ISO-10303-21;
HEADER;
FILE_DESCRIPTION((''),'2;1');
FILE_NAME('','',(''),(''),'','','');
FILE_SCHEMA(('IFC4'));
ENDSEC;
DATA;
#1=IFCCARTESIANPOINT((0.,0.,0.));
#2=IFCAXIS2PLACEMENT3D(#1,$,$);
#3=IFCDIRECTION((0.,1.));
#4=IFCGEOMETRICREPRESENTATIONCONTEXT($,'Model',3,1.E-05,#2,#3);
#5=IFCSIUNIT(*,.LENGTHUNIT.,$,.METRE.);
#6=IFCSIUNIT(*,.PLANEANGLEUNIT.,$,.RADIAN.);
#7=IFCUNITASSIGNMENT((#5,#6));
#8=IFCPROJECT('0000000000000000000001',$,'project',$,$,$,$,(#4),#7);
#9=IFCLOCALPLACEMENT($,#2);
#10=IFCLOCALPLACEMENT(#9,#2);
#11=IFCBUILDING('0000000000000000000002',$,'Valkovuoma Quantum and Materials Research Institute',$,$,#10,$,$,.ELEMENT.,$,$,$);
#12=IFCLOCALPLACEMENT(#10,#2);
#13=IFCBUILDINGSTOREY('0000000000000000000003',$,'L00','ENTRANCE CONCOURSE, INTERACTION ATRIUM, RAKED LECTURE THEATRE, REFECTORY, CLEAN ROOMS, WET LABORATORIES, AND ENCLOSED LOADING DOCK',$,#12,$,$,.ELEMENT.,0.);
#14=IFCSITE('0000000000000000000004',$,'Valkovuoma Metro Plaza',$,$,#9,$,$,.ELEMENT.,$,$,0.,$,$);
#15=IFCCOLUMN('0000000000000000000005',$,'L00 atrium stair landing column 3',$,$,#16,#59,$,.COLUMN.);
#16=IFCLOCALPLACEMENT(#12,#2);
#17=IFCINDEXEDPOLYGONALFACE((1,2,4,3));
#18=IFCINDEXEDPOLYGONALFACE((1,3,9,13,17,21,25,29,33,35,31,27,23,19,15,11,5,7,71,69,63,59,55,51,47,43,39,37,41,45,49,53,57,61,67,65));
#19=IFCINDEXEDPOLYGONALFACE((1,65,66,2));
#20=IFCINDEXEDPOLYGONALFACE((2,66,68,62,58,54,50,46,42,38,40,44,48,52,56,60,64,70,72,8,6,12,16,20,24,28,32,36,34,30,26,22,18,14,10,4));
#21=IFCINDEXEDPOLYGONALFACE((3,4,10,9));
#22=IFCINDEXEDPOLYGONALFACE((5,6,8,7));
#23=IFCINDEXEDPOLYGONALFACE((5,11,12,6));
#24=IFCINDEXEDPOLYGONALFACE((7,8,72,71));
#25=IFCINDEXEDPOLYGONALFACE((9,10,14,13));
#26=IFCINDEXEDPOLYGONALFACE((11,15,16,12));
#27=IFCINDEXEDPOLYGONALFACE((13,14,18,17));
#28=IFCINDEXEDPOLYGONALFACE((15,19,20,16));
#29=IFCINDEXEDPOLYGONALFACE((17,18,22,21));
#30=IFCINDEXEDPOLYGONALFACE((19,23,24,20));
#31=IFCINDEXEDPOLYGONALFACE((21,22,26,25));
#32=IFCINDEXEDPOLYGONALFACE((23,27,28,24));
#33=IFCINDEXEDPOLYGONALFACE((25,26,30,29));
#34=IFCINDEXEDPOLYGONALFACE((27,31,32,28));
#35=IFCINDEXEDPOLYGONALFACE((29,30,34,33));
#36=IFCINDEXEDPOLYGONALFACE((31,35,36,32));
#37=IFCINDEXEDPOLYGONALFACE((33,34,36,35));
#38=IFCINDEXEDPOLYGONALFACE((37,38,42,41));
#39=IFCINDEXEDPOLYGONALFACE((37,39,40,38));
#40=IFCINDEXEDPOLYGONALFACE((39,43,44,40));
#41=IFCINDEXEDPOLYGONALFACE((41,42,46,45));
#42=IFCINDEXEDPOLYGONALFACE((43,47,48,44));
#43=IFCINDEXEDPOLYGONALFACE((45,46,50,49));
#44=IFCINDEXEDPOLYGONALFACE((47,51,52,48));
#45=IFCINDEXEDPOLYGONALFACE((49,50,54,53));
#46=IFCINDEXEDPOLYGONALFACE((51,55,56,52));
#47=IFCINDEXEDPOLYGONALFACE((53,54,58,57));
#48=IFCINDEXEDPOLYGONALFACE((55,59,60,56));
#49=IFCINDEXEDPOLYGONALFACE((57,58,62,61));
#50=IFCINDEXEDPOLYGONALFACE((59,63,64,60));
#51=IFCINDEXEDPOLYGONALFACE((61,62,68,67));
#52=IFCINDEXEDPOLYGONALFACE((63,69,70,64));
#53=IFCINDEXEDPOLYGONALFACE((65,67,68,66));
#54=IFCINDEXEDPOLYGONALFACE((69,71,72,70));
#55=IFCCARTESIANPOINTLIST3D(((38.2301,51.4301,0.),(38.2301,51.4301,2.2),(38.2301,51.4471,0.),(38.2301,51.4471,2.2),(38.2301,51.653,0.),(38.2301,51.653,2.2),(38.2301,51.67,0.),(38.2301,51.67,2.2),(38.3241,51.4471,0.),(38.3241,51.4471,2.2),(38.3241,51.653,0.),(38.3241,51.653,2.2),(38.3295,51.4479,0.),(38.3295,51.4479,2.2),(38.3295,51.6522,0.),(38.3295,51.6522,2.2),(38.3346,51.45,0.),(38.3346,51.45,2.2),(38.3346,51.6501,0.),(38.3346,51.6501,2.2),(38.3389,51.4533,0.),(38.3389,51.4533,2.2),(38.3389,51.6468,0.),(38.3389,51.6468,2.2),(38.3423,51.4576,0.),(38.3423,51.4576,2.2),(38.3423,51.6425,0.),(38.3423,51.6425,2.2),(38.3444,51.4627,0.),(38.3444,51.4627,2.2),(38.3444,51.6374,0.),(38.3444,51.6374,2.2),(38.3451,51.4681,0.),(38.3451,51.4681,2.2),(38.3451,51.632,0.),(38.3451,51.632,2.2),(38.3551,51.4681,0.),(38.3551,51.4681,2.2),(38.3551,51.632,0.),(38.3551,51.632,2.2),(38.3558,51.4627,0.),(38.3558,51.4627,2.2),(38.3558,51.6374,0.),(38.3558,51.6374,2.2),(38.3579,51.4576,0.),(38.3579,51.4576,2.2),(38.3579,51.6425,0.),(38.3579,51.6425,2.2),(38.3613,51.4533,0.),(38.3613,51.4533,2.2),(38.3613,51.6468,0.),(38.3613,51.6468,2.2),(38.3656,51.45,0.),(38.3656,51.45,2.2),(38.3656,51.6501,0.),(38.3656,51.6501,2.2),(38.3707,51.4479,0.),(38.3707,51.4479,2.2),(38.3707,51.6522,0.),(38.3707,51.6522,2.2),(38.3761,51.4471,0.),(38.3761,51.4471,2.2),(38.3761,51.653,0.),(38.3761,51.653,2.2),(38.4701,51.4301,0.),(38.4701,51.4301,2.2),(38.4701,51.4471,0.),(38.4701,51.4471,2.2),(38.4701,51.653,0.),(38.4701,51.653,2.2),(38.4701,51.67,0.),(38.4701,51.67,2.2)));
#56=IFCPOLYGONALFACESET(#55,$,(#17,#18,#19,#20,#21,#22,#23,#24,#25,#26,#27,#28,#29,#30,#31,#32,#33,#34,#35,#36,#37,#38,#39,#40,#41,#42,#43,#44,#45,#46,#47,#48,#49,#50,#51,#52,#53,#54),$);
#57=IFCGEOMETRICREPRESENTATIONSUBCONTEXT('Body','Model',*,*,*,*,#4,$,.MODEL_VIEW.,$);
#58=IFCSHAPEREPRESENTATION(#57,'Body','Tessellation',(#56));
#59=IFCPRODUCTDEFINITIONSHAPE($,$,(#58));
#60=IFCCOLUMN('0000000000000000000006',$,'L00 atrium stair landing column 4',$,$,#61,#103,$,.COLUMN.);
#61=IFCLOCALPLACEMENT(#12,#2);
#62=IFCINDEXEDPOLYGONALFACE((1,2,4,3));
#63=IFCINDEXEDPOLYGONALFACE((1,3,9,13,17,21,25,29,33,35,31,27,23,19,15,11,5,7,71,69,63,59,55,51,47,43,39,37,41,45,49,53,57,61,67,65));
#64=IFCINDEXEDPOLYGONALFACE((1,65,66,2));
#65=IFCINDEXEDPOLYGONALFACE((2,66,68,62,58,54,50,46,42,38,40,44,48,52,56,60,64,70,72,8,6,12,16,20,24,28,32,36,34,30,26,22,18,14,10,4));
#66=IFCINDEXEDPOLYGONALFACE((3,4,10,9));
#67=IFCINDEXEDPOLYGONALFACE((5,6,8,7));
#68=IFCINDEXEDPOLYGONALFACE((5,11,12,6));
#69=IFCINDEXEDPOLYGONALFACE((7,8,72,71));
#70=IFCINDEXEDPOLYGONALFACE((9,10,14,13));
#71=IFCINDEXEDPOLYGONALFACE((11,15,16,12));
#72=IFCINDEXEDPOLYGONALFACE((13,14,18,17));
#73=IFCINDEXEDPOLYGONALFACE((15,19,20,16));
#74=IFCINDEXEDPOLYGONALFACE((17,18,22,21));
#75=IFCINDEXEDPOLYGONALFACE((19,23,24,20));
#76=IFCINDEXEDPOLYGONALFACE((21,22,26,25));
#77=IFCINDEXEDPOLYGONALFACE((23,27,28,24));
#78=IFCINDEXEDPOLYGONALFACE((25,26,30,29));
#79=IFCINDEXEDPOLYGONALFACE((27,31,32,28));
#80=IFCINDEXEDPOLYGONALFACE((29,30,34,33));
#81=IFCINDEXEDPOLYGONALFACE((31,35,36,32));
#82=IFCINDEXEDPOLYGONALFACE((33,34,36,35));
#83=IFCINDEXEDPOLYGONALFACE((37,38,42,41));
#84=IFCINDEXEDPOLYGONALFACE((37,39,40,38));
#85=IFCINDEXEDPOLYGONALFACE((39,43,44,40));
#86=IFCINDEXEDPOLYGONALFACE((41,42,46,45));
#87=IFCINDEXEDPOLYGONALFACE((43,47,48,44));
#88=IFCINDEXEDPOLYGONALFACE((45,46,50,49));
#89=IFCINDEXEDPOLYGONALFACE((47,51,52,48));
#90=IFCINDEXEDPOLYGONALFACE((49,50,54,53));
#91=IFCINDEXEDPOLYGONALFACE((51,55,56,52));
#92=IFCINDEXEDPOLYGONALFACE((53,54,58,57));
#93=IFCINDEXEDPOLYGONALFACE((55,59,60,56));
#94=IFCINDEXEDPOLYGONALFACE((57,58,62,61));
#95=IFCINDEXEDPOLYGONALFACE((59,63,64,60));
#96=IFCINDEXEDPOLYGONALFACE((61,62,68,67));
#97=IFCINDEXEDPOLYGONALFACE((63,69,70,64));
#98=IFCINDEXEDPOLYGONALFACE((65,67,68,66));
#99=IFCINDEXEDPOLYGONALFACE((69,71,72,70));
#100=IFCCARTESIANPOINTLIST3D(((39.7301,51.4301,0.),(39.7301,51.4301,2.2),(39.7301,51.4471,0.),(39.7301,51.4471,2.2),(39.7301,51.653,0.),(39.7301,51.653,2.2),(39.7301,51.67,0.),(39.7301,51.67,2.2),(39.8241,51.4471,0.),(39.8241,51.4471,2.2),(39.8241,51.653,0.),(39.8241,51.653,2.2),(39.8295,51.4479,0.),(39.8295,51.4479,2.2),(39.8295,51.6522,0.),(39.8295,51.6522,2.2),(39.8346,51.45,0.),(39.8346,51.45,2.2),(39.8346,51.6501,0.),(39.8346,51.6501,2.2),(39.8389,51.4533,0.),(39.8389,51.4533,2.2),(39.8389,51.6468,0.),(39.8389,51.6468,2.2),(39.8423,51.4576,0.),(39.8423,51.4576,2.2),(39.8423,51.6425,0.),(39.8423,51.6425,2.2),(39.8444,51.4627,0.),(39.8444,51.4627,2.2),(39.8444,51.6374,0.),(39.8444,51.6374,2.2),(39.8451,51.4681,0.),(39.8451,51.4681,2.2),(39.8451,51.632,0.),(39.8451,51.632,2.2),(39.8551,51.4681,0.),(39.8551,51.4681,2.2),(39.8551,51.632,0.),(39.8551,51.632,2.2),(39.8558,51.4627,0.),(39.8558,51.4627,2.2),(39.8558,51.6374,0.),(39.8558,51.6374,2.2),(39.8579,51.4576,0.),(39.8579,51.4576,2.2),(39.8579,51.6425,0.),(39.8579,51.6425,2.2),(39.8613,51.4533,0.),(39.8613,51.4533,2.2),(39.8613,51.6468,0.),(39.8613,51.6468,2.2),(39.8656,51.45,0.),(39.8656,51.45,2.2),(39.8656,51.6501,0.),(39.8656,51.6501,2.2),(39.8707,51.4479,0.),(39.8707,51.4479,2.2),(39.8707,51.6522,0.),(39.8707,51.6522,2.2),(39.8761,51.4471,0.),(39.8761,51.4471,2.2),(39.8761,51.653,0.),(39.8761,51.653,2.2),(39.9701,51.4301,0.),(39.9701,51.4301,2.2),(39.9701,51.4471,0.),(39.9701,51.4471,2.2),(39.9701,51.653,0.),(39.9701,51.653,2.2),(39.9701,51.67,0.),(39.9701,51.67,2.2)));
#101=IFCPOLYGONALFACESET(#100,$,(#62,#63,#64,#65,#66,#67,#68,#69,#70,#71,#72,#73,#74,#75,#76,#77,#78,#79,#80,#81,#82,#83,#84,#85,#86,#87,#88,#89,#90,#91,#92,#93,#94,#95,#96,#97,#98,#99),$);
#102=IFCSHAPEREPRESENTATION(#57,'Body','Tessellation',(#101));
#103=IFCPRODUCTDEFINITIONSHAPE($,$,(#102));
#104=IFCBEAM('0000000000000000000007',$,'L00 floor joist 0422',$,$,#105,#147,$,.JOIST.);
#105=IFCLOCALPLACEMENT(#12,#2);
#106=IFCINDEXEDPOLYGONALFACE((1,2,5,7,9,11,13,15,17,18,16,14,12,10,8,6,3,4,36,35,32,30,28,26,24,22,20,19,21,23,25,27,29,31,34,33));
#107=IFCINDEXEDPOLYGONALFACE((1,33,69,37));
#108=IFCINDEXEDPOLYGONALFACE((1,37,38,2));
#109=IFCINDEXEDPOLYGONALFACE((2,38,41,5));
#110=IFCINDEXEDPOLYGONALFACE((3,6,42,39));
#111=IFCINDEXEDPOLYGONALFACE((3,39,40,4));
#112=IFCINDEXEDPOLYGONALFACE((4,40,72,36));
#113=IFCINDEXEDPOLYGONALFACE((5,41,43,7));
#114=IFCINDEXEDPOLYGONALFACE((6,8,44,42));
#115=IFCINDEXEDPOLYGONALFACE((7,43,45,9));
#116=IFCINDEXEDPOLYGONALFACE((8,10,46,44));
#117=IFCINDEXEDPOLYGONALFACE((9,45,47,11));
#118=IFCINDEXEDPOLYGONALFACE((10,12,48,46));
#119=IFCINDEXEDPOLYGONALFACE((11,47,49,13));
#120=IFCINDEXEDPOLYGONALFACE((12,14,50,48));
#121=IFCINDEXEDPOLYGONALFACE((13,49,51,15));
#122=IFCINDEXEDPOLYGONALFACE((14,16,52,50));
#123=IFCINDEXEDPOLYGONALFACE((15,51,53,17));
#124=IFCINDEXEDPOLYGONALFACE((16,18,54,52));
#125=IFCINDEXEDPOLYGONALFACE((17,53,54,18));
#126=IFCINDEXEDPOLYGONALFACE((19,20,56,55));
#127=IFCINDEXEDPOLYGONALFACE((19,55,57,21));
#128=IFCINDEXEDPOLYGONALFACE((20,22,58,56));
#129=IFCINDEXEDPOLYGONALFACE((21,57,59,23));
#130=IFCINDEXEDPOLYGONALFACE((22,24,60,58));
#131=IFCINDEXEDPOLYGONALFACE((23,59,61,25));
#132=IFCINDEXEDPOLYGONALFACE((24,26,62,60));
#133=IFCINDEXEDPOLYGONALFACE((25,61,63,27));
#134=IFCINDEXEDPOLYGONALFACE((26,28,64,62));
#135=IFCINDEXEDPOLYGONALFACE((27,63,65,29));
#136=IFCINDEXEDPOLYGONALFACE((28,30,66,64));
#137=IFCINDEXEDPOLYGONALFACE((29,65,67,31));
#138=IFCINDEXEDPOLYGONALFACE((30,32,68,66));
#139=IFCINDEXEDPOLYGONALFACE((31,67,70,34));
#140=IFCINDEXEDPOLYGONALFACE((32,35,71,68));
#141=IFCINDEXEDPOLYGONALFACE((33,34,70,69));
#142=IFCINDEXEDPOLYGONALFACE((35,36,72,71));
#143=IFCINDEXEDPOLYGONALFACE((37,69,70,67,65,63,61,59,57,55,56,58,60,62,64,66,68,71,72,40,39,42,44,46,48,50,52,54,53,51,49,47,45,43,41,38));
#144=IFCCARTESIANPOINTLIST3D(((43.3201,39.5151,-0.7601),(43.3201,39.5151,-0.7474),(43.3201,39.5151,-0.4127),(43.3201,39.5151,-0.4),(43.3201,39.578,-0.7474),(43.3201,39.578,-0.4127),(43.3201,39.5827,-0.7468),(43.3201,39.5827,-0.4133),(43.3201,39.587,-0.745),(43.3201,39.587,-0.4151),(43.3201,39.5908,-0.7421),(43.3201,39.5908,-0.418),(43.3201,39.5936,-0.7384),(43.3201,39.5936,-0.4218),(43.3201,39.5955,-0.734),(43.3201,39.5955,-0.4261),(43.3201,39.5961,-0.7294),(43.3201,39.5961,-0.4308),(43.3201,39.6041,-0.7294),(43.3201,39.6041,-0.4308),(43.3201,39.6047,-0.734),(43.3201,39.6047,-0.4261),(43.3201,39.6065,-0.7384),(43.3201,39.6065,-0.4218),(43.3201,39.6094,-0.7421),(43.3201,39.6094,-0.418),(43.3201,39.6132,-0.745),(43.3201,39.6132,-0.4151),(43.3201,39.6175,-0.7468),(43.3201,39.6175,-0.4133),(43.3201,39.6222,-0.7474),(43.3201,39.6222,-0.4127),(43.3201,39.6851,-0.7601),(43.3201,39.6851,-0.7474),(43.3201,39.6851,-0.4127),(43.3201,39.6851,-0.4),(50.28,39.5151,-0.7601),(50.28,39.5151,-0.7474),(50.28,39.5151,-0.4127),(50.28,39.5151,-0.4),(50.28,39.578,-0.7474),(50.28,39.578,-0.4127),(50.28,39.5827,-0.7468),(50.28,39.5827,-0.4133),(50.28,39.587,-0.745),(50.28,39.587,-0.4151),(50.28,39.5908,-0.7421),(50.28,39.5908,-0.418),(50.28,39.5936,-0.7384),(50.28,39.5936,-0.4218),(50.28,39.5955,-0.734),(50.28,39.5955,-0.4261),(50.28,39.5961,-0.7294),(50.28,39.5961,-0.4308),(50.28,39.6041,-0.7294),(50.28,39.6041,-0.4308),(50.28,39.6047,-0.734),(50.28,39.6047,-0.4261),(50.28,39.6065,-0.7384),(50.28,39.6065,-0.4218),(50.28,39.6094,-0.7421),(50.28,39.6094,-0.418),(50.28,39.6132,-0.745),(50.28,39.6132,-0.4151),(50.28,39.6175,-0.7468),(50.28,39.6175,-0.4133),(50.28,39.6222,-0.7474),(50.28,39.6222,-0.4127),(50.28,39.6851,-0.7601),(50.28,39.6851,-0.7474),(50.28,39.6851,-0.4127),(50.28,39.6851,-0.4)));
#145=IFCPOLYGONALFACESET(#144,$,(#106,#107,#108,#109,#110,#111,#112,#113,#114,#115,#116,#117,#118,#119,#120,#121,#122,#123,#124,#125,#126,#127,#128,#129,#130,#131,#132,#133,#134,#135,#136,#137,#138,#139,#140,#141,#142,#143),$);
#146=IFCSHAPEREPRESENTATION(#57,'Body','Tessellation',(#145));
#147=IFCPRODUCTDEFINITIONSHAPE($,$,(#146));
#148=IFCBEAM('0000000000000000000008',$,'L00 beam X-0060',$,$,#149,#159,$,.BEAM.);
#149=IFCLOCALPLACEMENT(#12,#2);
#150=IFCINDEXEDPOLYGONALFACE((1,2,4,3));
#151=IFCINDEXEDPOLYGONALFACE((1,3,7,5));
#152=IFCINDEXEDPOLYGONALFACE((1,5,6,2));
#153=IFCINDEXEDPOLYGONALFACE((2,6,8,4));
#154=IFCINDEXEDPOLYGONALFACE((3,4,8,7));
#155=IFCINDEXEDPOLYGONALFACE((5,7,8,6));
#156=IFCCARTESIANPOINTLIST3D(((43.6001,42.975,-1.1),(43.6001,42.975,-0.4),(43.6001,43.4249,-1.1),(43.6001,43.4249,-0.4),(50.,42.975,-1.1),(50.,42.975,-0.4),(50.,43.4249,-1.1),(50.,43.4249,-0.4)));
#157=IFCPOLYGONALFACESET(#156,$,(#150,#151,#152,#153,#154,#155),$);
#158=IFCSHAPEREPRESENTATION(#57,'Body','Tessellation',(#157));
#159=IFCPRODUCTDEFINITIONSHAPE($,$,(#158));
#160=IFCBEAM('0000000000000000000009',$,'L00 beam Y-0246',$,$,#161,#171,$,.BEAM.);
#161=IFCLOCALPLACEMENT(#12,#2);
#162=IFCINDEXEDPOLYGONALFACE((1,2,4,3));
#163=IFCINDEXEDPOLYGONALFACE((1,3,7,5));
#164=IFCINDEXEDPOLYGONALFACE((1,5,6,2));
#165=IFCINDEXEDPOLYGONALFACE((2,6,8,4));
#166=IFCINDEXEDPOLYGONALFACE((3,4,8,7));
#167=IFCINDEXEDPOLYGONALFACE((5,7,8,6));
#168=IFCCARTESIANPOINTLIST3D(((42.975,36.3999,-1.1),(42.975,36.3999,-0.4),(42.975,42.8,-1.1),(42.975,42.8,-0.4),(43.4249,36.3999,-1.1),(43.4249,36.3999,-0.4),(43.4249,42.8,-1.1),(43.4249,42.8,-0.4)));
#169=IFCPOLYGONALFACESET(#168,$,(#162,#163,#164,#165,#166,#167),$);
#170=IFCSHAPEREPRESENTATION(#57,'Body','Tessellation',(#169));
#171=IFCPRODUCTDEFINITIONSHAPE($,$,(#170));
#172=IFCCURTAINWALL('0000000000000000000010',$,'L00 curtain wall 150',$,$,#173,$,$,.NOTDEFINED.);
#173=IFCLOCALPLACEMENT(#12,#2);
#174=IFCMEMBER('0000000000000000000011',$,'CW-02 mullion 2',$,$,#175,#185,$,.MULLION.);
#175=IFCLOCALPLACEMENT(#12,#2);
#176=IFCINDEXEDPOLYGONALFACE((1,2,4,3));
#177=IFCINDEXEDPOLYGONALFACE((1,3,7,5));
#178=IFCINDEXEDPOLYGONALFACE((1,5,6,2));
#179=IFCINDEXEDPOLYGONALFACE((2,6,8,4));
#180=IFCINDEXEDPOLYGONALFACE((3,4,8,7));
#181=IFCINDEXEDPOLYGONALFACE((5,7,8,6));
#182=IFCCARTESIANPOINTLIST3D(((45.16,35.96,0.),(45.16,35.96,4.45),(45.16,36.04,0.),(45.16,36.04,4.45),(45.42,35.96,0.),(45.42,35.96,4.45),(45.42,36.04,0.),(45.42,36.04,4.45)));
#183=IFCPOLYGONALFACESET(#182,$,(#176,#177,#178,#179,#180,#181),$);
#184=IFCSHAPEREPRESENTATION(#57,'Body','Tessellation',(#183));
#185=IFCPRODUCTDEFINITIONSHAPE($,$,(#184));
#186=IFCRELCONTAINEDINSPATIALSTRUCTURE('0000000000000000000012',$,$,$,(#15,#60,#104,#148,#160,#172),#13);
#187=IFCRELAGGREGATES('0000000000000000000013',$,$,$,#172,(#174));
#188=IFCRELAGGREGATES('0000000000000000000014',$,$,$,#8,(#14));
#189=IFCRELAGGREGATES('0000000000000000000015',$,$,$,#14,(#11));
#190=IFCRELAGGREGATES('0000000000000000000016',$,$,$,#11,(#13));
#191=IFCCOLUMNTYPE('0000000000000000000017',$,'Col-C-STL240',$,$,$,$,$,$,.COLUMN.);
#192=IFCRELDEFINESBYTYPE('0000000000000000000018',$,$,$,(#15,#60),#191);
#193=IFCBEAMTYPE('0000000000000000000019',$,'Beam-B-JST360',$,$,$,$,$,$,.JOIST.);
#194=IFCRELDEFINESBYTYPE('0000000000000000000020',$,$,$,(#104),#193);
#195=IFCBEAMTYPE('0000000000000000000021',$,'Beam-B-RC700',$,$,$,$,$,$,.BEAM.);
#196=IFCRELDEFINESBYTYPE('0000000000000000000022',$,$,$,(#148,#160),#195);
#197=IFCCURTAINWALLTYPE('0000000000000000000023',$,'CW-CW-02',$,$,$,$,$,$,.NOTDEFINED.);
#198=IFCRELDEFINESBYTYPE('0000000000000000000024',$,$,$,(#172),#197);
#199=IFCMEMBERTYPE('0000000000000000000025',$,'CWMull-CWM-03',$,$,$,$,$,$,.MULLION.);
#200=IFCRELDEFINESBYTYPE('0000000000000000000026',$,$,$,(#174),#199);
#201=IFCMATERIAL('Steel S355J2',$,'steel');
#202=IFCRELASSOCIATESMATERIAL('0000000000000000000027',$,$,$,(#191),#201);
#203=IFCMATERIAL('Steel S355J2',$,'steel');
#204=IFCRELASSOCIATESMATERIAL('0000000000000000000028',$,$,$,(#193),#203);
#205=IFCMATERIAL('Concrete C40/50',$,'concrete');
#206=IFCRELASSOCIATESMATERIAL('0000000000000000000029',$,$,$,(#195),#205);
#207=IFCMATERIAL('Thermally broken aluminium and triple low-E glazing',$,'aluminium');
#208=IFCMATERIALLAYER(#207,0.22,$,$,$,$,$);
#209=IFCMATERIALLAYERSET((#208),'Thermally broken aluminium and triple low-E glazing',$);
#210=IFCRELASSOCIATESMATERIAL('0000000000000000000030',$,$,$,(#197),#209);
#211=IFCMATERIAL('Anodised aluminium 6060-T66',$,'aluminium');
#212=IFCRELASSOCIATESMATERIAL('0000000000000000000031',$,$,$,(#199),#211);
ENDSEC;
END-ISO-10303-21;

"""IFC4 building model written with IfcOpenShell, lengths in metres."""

from ifc_helpers import new_model, si_unit, direction, frame, origin, origin_2d, place, context, subcontext, project, spatial, rectangle, i_section, extrude, material, layer, layer_set, material_profile, profile_set, type_object, element, aggregate, save


model = new_model("IFC4")

# Units and contexts
model_context = context("Model", 3, precision=1e-05, world=origin(), true_north=direction((0.0, 1.0)))
body_context = subcontext(model_context, "Body", "Model", "MODEL_VIEW")
ifc_project = project(units=[si_unit("LENGTHUNIT", "METRE"), si_unit("PLANEANGLEUNIT", "RADIAN")], contexts=[model_context])

# Site, building, storey
site_placement = place(None, origin())
site = spatial("IfcSite", under=ifc_project, at=site_placement, Name="Valkovuoma Metro Plaza", CompositionType="ELEMENT", RefElevation=0.0)
building_placement = place(site_placement, origin())
building = spatial("IfcBuilding", under=site, at=building_placement, Name="Valkovuoma Quantum and Materials Research Institute", CompositionType="ELEMENT")
storey_placement = place(building_placement, origin())
storey = spatial("IfcBuildingStorey", under=building, at=storey_placement, Name="L00", Description="ENTRANCE CONCOURSE, INTERACTION ATRIUM, RAKED LECTURE THEATRE, REFECTORY, CLEAN ROOMS, WET LABORATORIES, AND ENCLOSED LOADING DOCK", CompositionType="ELEMENT", Elevation=0.0)

# Columns
ifc_material_1 = material(Name="Steel S355J2", Category="steel")
ifc_material_profile_1 = material_profile(ifc_material_1, i_section(OverallWidth=0.24, OverallDepth=0.24, WebThickness=0.01, FlangeThickness=0.0171, FilletRadius=0.021, at=origin_2d()), Name="Steel S355J2")
ifc_profile_set_1 = profile_set([ifc_material_profile_1], Name="Steel S355J2")
column_type_1 = type_object("IfcColumnType", Name="Col-C-STL240", PredefinedType="COLUMN", material=ifc_profile_set_1)
for number, where, z_axis, x_axis, name in (
    (1, (38.3501, 51.55, 0.0), (0.0, 0.0, 1.0), (1.0, 0.0, 0.0), "L00 atrium stair landing column 3"),
    (2, (39.8501, 51.55, 0.0), (0.0, 0.0, 1.0), (1.0, 0.0, 0.0), "L00 atrium stair landing column 4"),
):
    element("IfcColumn", number, at=place(storey_placement, frame(where, z_axis=z_axis, x_axis=x_axis)), inside=storey, type_object=column_type_1, Name=name, PredefinedType="COLUMN", context=body_context, shape_type="SweptSolid", body=[
        extrude(i_section(OverallWidth=0.24, OverallDepth=0.24, WebThickness=0.01, FlangeThickness=0.0171, FilletRadius=0.021, at=origin_2d()), origin(), (0.0, 0.0, 1.0), 2.2),
    ])

# Beams
ifc_material_2 = material(Name="Steel S355J2", Category="steel")
ifc_material_profile_2 = material_profile(ifc_material_2, i_section(OverallWidth=0.1699, OverallDepth=0.3601, WebThickness=0.0081, FlangeThickness=0.0127, FilletRadius=0.0181, at=origin_2d()), Name="Steel S355J2")
ifc_profile_set_2 = profile_set([ifc_material_profile_2], Name="Steel S355J2")
beam_type_1 = type_object("IfcBeamType", Name="Beam-B-JST360", PredefinedType="JOIST", material=ifc_profile_set_2)
beam_1_placement = place(storey_placement, frame((43.3201, 39.6001, -0.5801), z_axis=(1.0, 0.0, 0.0), x_axis=(0.0, 1.0, 0.0)))
element("IfcBeam", 3, at=beam_1_placement, inside=storey, type_object=beam_type_1, Name="L00 floor joist 0422", PredefinedType="JOIST", context=body_context, shape_type="SweptSolid", body=[
    extrude(i_section(OverallWidth=0.1699, OverallDepth=0.3601, WebThickness=0.0081, FlangeThickness=0.0127, FilletRadius=0.0181, at=origin_2d()), origin(), (0.0, 0.0, 1.0), 6.96),
])
ifc_material_3 = material(Name="Concrete C40/50", Category="concrete")
ifc_material_profile_3 = material_profile(ifc_material_3, rectangle(XDim=0.45, YDim=0.7, at=origin_2d()), Name="Concrete C40/50")
ifc_profile_set_3 = profile_set([ifc_material_profile_3], Name="Concrete C40/50")
beam_type_2 = type_object("IfcBeamType", Name="Beam-B-RC700", PredefinedType="BEAM", material=ifc_profile_set_3)
beam_2_placement = place(storey_placement, frame((43.6001, 43.2, -0.75), z_axis=(1.0, 0.0, 0.0), x_axis=(0.0, 1.0, 0.0)))
element("IfcBeam", 4, at=beam_2_placement, inside=storey, type_object=beam_type_2, Name="L00 beam X-0060", PredefinedType="BEAM", context=body_context, shape_type="SweptSolid", body=[
    extrude(rectangle(XDim=0.45, YDim=0.7, at=origin_2d()), origin(), (0.0, 0.0, 1.0), 6.3999),
])
beam_3_placement = place(storey_placement, frame((43.2, 36.3999, -0.75), z_axis=(0.0, 1.0, 0.0), x_axis=(-1.0, 0.0, 0.0)))
element("IfcBeam", 5, at=beam_3_placement, inside=storey, type_object=beam_type_2, Name="L00 beam Y-0246", PredefinedType="BEAM", context=body_context, shape_type="SweptSolid", body=[
    extrude(rectangle(XDim=0.45, YDim=0.7, at=origin_2d()), origin(), (0.0, 0.0, 1.0), 6.4001),
])

# Curtain wall, member
ifc_material_4 = material(Name="Thermally broken aluminium and triple low-E glazing", Category="aluminium")
ifc_layer_1 = layer(ifc_material_4, 0.22)
ifc_layer_set_1 = layer_set([ifc_layer_1], Name="Thermally broken aluminium and triple low-E glazing")
curtain_wall_type = type_object("IfcCurtainWallType", Name="CW-CW-02", PredefinedType="NOTDEFINED", material=ifc_layer_set_1)
curtain_wall_placement = place(storey_placement, origin())
curtain_wall = element("IfcCurtainWall", 6, at=curtain_wall_placement, inside=storey, type_object=curtain_wall_type, Name="L00 curtain wall 150", PredefinedType="NOTDEFINED")
ifc_material_5 = material(Name="Anodised aluminium 6060-T66", Category="aluminium")
ifc_material_profile_4 = material_profile(ifc_material_5, rectangle(XDim=0.0801, YDim=0.26, at=origin_2d()), Name="Anodised aluminium 6060-T66")
ifc_profile_set_4 = profile_set([ifc_material_profile_4], Name="Anodised aluminium 6060-T66")
member_type_1 = type_object("IfcMemberType", Name="CWMull-CWM-03", PredefinedType="MULLION", material=ifc_profile_set_4)
member_1_placement = place(storey_placement, frame((45.29, 36.0, 0.0), z_axis=(0.0, 0.0, 1.0), x_axis=(0.0, 1.0, 0.0)))
member_1 = element("IfcMember", 7, at=member_1_placement, type_object=member_type_1, Name="CW-02 mullion 2", PredefinedType="MULLION", context=body_context, shape_type="SweptSolid", body=[
    extrude(rectangle(XDim=0.0801, YDim=0.26, at=origin_2d()), origin(), (0.0, 0.0, 1.0), 4.45),
])
aggregate(curtain_wall, [member_1])

save(model, "model.ifc")
